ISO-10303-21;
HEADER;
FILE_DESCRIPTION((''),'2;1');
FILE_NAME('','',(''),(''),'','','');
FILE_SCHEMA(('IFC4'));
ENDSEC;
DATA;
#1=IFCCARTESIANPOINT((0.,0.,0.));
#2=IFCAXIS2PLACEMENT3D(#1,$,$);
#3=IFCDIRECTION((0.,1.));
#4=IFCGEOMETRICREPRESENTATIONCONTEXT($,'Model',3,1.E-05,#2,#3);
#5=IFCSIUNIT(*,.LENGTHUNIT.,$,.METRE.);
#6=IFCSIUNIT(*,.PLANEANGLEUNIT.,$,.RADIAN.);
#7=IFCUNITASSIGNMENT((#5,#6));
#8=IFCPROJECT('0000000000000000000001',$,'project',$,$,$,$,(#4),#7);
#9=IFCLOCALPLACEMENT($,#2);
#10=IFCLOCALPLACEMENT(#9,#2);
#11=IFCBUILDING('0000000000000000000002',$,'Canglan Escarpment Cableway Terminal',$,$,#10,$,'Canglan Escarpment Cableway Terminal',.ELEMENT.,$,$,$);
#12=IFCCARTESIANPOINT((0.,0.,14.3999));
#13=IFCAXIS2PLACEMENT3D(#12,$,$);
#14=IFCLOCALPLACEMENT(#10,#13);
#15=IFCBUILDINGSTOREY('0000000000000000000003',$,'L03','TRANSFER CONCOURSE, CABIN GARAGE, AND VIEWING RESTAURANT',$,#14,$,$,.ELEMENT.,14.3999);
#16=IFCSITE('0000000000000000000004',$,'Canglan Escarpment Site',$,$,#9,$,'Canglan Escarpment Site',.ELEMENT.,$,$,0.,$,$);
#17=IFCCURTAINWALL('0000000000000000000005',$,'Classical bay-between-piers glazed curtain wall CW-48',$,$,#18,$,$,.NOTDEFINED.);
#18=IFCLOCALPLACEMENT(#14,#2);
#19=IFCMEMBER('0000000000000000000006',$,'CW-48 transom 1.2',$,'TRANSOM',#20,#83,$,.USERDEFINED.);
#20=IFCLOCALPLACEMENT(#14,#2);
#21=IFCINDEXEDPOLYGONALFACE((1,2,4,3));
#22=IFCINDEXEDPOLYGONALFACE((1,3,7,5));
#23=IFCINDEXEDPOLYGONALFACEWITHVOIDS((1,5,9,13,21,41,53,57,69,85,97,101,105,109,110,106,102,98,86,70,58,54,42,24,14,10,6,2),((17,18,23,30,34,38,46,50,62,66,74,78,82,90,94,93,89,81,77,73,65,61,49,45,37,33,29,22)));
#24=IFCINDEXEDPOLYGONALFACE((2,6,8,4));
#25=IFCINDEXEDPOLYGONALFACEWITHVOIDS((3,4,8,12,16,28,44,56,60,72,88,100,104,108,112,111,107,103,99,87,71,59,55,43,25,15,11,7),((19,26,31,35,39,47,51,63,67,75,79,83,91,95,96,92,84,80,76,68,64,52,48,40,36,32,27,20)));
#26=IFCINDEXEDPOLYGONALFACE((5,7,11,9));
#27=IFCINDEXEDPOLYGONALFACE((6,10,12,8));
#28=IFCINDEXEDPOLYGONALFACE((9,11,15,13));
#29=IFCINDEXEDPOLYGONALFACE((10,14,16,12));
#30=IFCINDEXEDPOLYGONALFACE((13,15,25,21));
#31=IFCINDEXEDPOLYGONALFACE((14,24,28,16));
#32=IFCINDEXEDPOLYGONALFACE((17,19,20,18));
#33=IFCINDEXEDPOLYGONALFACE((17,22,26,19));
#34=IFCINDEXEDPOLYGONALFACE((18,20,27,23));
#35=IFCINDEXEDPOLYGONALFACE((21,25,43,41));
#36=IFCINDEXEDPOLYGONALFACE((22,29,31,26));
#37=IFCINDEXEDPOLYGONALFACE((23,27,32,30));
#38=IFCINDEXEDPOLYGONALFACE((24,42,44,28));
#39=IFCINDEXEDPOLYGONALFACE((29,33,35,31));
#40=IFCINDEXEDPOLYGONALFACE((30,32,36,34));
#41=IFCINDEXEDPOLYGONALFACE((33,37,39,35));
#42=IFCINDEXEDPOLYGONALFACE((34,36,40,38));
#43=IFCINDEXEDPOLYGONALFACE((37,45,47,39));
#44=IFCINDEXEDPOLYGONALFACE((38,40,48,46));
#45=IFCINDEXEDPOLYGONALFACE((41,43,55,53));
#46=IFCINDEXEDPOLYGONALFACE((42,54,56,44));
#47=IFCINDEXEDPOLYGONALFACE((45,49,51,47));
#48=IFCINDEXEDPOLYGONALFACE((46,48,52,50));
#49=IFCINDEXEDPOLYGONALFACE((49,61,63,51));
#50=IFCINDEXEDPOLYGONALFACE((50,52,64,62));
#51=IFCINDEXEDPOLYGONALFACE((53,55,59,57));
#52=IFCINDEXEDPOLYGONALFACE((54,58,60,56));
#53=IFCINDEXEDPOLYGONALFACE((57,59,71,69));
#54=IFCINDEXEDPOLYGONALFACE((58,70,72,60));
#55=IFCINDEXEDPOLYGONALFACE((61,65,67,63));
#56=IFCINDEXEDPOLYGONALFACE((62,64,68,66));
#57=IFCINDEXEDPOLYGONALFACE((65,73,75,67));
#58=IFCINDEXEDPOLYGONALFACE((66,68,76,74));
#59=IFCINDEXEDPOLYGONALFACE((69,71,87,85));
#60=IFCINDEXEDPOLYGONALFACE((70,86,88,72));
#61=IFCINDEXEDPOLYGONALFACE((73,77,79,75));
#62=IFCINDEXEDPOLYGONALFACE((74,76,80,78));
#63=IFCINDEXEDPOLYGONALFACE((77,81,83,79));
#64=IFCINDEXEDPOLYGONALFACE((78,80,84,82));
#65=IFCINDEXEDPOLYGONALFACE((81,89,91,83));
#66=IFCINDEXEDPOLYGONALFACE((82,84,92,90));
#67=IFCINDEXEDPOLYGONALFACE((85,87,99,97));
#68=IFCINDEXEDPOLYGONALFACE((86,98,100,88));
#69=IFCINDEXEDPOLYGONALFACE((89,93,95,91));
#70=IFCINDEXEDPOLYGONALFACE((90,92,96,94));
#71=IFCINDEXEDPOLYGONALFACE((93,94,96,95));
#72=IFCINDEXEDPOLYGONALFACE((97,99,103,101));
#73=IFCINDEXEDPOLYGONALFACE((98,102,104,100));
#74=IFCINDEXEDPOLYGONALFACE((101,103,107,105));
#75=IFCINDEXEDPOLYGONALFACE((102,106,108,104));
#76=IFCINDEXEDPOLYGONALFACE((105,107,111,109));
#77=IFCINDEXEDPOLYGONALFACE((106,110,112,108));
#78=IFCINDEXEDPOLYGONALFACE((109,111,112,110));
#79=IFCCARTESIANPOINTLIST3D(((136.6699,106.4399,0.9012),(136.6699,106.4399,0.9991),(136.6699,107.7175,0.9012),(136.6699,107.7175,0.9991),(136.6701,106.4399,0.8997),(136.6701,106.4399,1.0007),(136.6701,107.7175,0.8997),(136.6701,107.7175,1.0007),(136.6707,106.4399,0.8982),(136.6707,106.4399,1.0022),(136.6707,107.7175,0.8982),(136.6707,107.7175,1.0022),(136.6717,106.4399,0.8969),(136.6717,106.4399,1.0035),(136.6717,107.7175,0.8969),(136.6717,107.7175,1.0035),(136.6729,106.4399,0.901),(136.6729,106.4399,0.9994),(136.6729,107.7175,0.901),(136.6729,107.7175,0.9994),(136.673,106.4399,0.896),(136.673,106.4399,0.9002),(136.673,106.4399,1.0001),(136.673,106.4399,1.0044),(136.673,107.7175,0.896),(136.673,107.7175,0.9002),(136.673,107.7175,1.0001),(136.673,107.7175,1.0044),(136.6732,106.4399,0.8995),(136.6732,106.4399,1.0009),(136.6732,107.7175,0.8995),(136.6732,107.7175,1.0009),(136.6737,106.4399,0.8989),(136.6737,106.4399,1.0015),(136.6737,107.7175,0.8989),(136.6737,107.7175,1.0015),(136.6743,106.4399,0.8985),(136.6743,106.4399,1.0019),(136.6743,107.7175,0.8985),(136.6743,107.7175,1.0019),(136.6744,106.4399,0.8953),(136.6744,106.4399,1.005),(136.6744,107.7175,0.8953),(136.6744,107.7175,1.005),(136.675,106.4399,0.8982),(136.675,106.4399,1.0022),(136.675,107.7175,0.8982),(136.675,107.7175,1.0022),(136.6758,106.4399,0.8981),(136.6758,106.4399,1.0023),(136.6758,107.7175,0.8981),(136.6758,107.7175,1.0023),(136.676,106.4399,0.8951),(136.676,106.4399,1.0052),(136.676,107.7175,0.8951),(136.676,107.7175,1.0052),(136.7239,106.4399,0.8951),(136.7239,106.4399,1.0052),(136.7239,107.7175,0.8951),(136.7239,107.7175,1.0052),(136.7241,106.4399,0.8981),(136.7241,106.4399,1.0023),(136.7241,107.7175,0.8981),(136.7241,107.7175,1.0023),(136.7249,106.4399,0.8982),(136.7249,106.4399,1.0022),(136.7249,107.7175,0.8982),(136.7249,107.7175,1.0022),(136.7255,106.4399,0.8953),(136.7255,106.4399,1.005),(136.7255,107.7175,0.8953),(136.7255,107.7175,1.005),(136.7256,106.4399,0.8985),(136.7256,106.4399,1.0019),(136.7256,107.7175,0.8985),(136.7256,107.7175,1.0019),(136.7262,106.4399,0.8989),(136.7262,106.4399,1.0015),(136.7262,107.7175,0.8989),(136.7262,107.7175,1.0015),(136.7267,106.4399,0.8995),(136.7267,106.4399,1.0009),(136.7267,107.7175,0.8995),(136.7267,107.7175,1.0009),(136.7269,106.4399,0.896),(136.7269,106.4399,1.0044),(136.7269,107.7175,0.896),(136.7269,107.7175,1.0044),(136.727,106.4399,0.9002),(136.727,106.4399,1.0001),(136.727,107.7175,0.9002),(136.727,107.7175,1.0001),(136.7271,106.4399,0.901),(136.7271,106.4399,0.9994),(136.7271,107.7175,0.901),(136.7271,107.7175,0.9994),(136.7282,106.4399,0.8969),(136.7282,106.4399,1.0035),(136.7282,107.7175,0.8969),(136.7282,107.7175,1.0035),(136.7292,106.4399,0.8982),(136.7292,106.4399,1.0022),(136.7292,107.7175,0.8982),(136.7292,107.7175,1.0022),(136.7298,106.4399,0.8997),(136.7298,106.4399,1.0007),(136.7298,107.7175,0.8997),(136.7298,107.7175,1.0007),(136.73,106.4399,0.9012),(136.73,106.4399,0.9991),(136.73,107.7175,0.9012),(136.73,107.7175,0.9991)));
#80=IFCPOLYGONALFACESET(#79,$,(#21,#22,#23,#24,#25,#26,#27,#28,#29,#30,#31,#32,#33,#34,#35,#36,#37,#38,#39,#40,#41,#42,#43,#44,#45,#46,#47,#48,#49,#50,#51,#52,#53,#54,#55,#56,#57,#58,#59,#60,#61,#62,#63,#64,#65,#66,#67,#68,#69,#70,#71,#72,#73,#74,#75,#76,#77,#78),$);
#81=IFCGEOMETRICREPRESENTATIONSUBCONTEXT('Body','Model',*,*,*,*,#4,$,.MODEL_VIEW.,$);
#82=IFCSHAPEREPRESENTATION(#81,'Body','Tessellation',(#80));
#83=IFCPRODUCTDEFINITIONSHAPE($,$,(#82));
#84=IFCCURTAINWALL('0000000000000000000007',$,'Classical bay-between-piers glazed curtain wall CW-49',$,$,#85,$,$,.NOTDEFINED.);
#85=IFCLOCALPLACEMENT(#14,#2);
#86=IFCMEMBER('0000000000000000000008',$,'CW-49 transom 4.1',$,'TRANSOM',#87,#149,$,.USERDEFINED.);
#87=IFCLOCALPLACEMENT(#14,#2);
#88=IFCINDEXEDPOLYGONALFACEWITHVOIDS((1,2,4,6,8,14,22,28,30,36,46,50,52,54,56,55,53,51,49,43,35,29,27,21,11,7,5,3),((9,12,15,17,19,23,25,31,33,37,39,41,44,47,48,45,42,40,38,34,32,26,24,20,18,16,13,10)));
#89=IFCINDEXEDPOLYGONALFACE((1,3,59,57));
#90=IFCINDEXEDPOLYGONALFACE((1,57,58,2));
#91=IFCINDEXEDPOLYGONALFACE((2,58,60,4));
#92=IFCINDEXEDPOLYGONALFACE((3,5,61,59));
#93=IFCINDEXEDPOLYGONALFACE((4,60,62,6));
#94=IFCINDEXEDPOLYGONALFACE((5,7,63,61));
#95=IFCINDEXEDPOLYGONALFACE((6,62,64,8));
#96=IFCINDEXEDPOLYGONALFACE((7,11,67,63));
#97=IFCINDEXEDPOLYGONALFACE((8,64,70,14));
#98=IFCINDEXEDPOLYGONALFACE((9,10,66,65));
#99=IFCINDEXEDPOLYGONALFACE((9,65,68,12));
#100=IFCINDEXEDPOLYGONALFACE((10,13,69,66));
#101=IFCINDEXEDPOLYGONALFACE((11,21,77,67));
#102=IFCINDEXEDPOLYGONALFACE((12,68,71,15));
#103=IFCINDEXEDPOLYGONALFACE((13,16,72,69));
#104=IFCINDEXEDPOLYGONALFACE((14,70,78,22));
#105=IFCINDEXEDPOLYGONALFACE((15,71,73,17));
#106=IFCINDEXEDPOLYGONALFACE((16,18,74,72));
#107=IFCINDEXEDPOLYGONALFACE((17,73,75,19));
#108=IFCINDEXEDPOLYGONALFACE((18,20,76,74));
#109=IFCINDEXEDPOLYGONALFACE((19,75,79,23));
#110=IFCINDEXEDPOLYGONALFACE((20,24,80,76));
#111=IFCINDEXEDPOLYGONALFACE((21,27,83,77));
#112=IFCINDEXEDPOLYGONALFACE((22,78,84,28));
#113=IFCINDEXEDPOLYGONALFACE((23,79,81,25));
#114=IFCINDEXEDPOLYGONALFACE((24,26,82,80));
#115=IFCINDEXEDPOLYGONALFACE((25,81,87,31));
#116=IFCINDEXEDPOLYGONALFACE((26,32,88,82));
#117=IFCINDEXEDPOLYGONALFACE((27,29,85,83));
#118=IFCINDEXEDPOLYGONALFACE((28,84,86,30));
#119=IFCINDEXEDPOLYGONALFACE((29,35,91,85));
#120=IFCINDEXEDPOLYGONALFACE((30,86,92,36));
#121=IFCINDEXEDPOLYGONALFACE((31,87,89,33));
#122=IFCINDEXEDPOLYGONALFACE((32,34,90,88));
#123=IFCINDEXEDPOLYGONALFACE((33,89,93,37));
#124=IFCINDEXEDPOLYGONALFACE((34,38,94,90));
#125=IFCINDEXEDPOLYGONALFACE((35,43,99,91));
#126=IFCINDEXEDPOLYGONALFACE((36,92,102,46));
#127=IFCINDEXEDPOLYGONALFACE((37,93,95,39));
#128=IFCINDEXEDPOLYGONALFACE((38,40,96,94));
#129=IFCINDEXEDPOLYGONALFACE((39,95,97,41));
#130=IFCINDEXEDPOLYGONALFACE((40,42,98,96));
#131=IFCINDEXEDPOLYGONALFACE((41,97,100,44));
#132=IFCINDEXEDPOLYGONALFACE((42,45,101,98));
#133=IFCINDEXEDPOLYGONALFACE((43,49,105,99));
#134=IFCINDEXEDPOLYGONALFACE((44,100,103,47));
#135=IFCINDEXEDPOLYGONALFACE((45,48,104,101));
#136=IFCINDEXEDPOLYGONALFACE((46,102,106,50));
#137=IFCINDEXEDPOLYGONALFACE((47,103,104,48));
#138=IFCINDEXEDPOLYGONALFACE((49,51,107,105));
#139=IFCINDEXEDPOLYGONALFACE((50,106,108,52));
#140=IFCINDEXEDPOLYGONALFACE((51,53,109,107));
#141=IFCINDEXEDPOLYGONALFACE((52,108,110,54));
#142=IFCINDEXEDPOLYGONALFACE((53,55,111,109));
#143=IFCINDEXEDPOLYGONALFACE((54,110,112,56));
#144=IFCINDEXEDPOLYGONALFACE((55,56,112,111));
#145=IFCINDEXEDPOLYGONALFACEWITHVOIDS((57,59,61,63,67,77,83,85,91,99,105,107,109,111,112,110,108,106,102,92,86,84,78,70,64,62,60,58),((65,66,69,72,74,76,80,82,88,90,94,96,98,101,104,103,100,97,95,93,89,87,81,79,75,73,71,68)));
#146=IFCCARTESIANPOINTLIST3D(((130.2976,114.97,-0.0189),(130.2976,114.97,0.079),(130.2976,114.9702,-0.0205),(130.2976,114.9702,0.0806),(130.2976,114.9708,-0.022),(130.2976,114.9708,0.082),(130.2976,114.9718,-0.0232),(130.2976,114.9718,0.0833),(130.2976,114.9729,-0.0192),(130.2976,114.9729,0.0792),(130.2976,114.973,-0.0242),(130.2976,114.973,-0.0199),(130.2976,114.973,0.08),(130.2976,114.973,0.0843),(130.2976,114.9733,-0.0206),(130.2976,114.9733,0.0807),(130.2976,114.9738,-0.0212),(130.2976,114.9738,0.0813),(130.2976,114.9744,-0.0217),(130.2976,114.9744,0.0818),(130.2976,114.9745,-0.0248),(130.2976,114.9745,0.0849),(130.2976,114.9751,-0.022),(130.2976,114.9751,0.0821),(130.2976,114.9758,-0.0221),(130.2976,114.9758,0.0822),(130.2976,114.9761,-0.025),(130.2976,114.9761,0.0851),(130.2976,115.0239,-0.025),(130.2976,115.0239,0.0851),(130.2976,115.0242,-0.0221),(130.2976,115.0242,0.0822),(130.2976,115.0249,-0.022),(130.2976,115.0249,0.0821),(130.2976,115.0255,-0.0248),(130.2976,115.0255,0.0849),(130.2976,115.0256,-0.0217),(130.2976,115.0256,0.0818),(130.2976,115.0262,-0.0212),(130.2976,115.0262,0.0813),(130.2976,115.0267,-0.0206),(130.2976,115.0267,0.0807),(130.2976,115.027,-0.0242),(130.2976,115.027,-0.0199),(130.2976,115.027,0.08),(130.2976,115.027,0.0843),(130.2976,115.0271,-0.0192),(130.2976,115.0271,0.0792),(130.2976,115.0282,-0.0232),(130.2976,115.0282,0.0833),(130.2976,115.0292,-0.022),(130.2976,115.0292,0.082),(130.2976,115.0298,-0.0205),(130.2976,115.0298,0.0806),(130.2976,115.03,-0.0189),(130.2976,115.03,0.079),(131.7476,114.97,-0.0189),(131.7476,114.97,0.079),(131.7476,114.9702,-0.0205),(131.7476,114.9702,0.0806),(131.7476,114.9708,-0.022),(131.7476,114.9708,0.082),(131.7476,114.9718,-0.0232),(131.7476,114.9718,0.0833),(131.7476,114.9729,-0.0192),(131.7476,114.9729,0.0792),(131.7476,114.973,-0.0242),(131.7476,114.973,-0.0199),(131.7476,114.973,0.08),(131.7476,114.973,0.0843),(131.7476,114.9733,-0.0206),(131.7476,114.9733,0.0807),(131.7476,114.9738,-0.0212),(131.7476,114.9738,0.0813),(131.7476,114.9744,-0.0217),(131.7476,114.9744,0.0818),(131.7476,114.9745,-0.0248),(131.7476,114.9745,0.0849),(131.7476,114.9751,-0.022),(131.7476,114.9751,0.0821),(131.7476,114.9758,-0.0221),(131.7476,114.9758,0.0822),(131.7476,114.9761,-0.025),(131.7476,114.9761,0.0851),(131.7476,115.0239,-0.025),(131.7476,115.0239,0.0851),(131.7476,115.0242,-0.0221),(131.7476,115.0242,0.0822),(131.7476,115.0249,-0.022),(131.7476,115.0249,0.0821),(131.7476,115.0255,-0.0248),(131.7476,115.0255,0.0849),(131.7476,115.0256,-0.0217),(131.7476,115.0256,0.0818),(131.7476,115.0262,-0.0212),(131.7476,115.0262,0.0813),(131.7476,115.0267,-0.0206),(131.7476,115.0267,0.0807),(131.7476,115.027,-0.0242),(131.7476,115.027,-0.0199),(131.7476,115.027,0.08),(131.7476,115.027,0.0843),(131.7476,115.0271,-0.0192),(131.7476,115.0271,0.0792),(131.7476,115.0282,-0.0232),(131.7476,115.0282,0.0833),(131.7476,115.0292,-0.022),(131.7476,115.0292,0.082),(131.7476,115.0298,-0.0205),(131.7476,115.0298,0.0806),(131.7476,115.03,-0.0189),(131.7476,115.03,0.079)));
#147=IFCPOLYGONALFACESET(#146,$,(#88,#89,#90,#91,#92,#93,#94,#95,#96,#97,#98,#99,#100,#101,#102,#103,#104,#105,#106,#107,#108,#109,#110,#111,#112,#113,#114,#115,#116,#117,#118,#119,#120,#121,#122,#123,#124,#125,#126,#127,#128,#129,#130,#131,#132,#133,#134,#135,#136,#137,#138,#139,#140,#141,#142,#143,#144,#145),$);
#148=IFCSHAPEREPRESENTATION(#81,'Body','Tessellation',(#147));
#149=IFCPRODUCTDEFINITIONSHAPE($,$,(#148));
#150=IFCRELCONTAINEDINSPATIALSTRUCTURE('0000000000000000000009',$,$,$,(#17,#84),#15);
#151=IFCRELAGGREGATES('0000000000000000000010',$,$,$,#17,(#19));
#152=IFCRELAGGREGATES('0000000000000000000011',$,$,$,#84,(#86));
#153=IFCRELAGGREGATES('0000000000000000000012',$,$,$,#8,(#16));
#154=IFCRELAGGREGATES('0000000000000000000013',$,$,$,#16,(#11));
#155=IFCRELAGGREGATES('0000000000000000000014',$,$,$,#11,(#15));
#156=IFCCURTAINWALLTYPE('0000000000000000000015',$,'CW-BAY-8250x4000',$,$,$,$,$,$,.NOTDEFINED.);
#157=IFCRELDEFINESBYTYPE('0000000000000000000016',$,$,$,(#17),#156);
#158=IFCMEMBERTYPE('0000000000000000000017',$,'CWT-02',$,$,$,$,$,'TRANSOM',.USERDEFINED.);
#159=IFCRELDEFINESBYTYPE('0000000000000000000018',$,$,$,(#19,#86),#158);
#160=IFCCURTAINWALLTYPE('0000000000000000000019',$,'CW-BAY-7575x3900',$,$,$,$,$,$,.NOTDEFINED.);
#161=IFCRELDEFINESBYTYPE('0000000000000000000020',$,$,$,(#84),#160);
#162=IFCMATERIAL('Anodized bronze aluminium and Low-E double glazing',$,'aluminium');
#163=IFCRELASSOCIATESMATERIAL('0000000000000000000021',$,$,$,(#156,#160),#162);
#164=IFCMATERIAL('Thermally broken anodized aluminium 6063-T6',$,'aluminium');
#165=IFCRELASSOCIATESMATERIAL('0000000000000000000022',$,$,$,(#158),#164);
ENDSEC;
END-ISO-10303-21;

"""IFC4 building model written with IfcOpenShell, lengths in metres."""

from ifc_helpers import new_model, si_unit, direction, frame, origin, origin_2d, place, context, subcontext, project, spatial, hollow_rectangle, extrude, material, material_profile, profile_set, type_object, element, aggregate, save


model = new_model("IFC4")

# Units and contexts
model_context = context("Model", 3, precision=1e-05, world=origin(), true_north=direction((0.0, 1.0)))
body_context = subcontext(model_context, "Body", "Model", "MODEL_VIEW")
ifc_project = project(units=[si_unit("LENGTHUNIT", "METRE"), si_unit("PLANEANGLEUNIT", "RADIAN")], contexts=[model_context])

# Site, building, storey
site_placement = place(None, origin())
site = spatial("IfcSite", under=ifc_project, at=site_placement, Name="Canglan Escarpment Site", LongName="Canglan Escarpment Site", CompositionType="ELEMENT", RefElevation=0.0)
building_placement = place(site_placement, origin())
building = spatial("IfcBuilding", under=site, at=building_placement, Name="Canglan Escarpment Cableway Terminal", LongName="Canglan Escarpment Cableway Terminal", CompositionType="ELEMENT")
storey_placement = place(building_placement, frame((0.0, 0.0, 14.3999)))
storey = spatial("IfcBuildingStorey", under=building, at=storey_placement, Name="L03", Description="TRANSFER CONCOURSE, CABIN GARAGE, AND VIEWING RESTAURANT", CompositionType="ELEMENT", Elevation=14.3999)

# Curtain walls, members
ifc_material_1 = material(Name="Anodized bronze aluminium and Low-E double glazing", Category="aluminium")
curtain_wall_type_1 = type_object("IfcCurtainWallType", Name="CW-BAY-8250x4000", PredefinedType="NOTDEFINED", material=ifc_material_1)
curtain_wall_1_placement = place(storey_placement, origin())
curtain_wall_1 = element("IfcCurtainWall", 1, at=curtain_wall_1_placement, inside=storey, type_object=curtain_wall_type_1, Name="Classical bay-between-piers glazed curtain wall CW-48", PredefinedType="NOTDEFINED")
ifc_material_2 = material(Name="Thermally broken anodized aluminium 6063-T6", Category="aluminium")
ifc_material_profile_1 = material_profile(ifc_material_2, hollow_rectangle(XDim=0.0601, YDim=0.1101, WallThickness=0.0029, InnerFilletRadius=0.0029, OuterFilletRadius=0.0061, at=origin_2d()), Name="ALU-TRAN 60x110x3")
ifc_profile_set_1 = profile_set([ifc_material_profile_1], Name="Thermally broken anodized aluminium 6063-T6")
member_type_1 = type_object("IfcMemberType", Name="CWT-02", ElementType="TRANSOM", PredefinedType="USERDEFINED", material=ifc_profile_set_1)
member_1_placement = place(storey_placement, frame((136.7, 106.4399, 0.9502), z_axis=(0.0, 1.0, 0.0), x_axis=(-1.0, 0.0, 0.0)))
member_1 = element("IfcMember", 2, at=member_1_placement, type_object=member_type_1, Name="CW-48 transom 1.2", ObjectType="TRANSOM", PredefinedType="USERDEFINED", context=body_context, shape_type="SweptSolid", body=[
    extrude(hollow_rectangle(XDim=0.0601, YDim=0.1101, WallThickness=0.0029, InnerFilletRadius=0.0029, OuterFilletRadius=0.0061, at=origin_2d()), origin(), (0.0, 0.0, 1.0), 1.2776),
])
aggregate(curtain_wall_1, [member_1])
curtain_wall_type_2 = type_object("IfcCurtainWallType", Name="CW-BAY-7575x3900", PredefinedType="NOTDEFINED", material=ifc_material_1)
curtain_wall_2_placement = place(storey_placement, origin())
curtain_wall_2 = element("IfcCurtainWall", 3, at=curtain_wall_2_placement, inside=storey, type_object=curtain_wall_type_2, Name="Classical bay-between-piers glazed curtain wall CW-49", PredefinedType="NOTDEFINED")
member_2_placement = place(storey_placement, frame((131.7476, 115.0, 0.03), z_axis=(-1.0, 0.0, 0.0), x_axis=(0.0, -1.0, 0.0)))
member_2 = element("IfcMember", 4, at=member_2_placement, type_object=member_type_1, Name="CW-49 transom 4.1", ObjectType="TRANSOM", PredefinedType="USERDEFINED", context=body_context, shape_type="SweptSolid", body=[
    extrude(hollow_rectangle(XDim=0.0601, YDim=0.1101, WallThickness=0.0029, InnerFilletRadius=0.0029, OuterFilletRadius=0.0061, at=origin_2d()), origin(), (0.0, 0.0, 1.0), 1.45),
])
aggregate(curtain_wall_2, [member_2])

save(model, "model.ifc")
